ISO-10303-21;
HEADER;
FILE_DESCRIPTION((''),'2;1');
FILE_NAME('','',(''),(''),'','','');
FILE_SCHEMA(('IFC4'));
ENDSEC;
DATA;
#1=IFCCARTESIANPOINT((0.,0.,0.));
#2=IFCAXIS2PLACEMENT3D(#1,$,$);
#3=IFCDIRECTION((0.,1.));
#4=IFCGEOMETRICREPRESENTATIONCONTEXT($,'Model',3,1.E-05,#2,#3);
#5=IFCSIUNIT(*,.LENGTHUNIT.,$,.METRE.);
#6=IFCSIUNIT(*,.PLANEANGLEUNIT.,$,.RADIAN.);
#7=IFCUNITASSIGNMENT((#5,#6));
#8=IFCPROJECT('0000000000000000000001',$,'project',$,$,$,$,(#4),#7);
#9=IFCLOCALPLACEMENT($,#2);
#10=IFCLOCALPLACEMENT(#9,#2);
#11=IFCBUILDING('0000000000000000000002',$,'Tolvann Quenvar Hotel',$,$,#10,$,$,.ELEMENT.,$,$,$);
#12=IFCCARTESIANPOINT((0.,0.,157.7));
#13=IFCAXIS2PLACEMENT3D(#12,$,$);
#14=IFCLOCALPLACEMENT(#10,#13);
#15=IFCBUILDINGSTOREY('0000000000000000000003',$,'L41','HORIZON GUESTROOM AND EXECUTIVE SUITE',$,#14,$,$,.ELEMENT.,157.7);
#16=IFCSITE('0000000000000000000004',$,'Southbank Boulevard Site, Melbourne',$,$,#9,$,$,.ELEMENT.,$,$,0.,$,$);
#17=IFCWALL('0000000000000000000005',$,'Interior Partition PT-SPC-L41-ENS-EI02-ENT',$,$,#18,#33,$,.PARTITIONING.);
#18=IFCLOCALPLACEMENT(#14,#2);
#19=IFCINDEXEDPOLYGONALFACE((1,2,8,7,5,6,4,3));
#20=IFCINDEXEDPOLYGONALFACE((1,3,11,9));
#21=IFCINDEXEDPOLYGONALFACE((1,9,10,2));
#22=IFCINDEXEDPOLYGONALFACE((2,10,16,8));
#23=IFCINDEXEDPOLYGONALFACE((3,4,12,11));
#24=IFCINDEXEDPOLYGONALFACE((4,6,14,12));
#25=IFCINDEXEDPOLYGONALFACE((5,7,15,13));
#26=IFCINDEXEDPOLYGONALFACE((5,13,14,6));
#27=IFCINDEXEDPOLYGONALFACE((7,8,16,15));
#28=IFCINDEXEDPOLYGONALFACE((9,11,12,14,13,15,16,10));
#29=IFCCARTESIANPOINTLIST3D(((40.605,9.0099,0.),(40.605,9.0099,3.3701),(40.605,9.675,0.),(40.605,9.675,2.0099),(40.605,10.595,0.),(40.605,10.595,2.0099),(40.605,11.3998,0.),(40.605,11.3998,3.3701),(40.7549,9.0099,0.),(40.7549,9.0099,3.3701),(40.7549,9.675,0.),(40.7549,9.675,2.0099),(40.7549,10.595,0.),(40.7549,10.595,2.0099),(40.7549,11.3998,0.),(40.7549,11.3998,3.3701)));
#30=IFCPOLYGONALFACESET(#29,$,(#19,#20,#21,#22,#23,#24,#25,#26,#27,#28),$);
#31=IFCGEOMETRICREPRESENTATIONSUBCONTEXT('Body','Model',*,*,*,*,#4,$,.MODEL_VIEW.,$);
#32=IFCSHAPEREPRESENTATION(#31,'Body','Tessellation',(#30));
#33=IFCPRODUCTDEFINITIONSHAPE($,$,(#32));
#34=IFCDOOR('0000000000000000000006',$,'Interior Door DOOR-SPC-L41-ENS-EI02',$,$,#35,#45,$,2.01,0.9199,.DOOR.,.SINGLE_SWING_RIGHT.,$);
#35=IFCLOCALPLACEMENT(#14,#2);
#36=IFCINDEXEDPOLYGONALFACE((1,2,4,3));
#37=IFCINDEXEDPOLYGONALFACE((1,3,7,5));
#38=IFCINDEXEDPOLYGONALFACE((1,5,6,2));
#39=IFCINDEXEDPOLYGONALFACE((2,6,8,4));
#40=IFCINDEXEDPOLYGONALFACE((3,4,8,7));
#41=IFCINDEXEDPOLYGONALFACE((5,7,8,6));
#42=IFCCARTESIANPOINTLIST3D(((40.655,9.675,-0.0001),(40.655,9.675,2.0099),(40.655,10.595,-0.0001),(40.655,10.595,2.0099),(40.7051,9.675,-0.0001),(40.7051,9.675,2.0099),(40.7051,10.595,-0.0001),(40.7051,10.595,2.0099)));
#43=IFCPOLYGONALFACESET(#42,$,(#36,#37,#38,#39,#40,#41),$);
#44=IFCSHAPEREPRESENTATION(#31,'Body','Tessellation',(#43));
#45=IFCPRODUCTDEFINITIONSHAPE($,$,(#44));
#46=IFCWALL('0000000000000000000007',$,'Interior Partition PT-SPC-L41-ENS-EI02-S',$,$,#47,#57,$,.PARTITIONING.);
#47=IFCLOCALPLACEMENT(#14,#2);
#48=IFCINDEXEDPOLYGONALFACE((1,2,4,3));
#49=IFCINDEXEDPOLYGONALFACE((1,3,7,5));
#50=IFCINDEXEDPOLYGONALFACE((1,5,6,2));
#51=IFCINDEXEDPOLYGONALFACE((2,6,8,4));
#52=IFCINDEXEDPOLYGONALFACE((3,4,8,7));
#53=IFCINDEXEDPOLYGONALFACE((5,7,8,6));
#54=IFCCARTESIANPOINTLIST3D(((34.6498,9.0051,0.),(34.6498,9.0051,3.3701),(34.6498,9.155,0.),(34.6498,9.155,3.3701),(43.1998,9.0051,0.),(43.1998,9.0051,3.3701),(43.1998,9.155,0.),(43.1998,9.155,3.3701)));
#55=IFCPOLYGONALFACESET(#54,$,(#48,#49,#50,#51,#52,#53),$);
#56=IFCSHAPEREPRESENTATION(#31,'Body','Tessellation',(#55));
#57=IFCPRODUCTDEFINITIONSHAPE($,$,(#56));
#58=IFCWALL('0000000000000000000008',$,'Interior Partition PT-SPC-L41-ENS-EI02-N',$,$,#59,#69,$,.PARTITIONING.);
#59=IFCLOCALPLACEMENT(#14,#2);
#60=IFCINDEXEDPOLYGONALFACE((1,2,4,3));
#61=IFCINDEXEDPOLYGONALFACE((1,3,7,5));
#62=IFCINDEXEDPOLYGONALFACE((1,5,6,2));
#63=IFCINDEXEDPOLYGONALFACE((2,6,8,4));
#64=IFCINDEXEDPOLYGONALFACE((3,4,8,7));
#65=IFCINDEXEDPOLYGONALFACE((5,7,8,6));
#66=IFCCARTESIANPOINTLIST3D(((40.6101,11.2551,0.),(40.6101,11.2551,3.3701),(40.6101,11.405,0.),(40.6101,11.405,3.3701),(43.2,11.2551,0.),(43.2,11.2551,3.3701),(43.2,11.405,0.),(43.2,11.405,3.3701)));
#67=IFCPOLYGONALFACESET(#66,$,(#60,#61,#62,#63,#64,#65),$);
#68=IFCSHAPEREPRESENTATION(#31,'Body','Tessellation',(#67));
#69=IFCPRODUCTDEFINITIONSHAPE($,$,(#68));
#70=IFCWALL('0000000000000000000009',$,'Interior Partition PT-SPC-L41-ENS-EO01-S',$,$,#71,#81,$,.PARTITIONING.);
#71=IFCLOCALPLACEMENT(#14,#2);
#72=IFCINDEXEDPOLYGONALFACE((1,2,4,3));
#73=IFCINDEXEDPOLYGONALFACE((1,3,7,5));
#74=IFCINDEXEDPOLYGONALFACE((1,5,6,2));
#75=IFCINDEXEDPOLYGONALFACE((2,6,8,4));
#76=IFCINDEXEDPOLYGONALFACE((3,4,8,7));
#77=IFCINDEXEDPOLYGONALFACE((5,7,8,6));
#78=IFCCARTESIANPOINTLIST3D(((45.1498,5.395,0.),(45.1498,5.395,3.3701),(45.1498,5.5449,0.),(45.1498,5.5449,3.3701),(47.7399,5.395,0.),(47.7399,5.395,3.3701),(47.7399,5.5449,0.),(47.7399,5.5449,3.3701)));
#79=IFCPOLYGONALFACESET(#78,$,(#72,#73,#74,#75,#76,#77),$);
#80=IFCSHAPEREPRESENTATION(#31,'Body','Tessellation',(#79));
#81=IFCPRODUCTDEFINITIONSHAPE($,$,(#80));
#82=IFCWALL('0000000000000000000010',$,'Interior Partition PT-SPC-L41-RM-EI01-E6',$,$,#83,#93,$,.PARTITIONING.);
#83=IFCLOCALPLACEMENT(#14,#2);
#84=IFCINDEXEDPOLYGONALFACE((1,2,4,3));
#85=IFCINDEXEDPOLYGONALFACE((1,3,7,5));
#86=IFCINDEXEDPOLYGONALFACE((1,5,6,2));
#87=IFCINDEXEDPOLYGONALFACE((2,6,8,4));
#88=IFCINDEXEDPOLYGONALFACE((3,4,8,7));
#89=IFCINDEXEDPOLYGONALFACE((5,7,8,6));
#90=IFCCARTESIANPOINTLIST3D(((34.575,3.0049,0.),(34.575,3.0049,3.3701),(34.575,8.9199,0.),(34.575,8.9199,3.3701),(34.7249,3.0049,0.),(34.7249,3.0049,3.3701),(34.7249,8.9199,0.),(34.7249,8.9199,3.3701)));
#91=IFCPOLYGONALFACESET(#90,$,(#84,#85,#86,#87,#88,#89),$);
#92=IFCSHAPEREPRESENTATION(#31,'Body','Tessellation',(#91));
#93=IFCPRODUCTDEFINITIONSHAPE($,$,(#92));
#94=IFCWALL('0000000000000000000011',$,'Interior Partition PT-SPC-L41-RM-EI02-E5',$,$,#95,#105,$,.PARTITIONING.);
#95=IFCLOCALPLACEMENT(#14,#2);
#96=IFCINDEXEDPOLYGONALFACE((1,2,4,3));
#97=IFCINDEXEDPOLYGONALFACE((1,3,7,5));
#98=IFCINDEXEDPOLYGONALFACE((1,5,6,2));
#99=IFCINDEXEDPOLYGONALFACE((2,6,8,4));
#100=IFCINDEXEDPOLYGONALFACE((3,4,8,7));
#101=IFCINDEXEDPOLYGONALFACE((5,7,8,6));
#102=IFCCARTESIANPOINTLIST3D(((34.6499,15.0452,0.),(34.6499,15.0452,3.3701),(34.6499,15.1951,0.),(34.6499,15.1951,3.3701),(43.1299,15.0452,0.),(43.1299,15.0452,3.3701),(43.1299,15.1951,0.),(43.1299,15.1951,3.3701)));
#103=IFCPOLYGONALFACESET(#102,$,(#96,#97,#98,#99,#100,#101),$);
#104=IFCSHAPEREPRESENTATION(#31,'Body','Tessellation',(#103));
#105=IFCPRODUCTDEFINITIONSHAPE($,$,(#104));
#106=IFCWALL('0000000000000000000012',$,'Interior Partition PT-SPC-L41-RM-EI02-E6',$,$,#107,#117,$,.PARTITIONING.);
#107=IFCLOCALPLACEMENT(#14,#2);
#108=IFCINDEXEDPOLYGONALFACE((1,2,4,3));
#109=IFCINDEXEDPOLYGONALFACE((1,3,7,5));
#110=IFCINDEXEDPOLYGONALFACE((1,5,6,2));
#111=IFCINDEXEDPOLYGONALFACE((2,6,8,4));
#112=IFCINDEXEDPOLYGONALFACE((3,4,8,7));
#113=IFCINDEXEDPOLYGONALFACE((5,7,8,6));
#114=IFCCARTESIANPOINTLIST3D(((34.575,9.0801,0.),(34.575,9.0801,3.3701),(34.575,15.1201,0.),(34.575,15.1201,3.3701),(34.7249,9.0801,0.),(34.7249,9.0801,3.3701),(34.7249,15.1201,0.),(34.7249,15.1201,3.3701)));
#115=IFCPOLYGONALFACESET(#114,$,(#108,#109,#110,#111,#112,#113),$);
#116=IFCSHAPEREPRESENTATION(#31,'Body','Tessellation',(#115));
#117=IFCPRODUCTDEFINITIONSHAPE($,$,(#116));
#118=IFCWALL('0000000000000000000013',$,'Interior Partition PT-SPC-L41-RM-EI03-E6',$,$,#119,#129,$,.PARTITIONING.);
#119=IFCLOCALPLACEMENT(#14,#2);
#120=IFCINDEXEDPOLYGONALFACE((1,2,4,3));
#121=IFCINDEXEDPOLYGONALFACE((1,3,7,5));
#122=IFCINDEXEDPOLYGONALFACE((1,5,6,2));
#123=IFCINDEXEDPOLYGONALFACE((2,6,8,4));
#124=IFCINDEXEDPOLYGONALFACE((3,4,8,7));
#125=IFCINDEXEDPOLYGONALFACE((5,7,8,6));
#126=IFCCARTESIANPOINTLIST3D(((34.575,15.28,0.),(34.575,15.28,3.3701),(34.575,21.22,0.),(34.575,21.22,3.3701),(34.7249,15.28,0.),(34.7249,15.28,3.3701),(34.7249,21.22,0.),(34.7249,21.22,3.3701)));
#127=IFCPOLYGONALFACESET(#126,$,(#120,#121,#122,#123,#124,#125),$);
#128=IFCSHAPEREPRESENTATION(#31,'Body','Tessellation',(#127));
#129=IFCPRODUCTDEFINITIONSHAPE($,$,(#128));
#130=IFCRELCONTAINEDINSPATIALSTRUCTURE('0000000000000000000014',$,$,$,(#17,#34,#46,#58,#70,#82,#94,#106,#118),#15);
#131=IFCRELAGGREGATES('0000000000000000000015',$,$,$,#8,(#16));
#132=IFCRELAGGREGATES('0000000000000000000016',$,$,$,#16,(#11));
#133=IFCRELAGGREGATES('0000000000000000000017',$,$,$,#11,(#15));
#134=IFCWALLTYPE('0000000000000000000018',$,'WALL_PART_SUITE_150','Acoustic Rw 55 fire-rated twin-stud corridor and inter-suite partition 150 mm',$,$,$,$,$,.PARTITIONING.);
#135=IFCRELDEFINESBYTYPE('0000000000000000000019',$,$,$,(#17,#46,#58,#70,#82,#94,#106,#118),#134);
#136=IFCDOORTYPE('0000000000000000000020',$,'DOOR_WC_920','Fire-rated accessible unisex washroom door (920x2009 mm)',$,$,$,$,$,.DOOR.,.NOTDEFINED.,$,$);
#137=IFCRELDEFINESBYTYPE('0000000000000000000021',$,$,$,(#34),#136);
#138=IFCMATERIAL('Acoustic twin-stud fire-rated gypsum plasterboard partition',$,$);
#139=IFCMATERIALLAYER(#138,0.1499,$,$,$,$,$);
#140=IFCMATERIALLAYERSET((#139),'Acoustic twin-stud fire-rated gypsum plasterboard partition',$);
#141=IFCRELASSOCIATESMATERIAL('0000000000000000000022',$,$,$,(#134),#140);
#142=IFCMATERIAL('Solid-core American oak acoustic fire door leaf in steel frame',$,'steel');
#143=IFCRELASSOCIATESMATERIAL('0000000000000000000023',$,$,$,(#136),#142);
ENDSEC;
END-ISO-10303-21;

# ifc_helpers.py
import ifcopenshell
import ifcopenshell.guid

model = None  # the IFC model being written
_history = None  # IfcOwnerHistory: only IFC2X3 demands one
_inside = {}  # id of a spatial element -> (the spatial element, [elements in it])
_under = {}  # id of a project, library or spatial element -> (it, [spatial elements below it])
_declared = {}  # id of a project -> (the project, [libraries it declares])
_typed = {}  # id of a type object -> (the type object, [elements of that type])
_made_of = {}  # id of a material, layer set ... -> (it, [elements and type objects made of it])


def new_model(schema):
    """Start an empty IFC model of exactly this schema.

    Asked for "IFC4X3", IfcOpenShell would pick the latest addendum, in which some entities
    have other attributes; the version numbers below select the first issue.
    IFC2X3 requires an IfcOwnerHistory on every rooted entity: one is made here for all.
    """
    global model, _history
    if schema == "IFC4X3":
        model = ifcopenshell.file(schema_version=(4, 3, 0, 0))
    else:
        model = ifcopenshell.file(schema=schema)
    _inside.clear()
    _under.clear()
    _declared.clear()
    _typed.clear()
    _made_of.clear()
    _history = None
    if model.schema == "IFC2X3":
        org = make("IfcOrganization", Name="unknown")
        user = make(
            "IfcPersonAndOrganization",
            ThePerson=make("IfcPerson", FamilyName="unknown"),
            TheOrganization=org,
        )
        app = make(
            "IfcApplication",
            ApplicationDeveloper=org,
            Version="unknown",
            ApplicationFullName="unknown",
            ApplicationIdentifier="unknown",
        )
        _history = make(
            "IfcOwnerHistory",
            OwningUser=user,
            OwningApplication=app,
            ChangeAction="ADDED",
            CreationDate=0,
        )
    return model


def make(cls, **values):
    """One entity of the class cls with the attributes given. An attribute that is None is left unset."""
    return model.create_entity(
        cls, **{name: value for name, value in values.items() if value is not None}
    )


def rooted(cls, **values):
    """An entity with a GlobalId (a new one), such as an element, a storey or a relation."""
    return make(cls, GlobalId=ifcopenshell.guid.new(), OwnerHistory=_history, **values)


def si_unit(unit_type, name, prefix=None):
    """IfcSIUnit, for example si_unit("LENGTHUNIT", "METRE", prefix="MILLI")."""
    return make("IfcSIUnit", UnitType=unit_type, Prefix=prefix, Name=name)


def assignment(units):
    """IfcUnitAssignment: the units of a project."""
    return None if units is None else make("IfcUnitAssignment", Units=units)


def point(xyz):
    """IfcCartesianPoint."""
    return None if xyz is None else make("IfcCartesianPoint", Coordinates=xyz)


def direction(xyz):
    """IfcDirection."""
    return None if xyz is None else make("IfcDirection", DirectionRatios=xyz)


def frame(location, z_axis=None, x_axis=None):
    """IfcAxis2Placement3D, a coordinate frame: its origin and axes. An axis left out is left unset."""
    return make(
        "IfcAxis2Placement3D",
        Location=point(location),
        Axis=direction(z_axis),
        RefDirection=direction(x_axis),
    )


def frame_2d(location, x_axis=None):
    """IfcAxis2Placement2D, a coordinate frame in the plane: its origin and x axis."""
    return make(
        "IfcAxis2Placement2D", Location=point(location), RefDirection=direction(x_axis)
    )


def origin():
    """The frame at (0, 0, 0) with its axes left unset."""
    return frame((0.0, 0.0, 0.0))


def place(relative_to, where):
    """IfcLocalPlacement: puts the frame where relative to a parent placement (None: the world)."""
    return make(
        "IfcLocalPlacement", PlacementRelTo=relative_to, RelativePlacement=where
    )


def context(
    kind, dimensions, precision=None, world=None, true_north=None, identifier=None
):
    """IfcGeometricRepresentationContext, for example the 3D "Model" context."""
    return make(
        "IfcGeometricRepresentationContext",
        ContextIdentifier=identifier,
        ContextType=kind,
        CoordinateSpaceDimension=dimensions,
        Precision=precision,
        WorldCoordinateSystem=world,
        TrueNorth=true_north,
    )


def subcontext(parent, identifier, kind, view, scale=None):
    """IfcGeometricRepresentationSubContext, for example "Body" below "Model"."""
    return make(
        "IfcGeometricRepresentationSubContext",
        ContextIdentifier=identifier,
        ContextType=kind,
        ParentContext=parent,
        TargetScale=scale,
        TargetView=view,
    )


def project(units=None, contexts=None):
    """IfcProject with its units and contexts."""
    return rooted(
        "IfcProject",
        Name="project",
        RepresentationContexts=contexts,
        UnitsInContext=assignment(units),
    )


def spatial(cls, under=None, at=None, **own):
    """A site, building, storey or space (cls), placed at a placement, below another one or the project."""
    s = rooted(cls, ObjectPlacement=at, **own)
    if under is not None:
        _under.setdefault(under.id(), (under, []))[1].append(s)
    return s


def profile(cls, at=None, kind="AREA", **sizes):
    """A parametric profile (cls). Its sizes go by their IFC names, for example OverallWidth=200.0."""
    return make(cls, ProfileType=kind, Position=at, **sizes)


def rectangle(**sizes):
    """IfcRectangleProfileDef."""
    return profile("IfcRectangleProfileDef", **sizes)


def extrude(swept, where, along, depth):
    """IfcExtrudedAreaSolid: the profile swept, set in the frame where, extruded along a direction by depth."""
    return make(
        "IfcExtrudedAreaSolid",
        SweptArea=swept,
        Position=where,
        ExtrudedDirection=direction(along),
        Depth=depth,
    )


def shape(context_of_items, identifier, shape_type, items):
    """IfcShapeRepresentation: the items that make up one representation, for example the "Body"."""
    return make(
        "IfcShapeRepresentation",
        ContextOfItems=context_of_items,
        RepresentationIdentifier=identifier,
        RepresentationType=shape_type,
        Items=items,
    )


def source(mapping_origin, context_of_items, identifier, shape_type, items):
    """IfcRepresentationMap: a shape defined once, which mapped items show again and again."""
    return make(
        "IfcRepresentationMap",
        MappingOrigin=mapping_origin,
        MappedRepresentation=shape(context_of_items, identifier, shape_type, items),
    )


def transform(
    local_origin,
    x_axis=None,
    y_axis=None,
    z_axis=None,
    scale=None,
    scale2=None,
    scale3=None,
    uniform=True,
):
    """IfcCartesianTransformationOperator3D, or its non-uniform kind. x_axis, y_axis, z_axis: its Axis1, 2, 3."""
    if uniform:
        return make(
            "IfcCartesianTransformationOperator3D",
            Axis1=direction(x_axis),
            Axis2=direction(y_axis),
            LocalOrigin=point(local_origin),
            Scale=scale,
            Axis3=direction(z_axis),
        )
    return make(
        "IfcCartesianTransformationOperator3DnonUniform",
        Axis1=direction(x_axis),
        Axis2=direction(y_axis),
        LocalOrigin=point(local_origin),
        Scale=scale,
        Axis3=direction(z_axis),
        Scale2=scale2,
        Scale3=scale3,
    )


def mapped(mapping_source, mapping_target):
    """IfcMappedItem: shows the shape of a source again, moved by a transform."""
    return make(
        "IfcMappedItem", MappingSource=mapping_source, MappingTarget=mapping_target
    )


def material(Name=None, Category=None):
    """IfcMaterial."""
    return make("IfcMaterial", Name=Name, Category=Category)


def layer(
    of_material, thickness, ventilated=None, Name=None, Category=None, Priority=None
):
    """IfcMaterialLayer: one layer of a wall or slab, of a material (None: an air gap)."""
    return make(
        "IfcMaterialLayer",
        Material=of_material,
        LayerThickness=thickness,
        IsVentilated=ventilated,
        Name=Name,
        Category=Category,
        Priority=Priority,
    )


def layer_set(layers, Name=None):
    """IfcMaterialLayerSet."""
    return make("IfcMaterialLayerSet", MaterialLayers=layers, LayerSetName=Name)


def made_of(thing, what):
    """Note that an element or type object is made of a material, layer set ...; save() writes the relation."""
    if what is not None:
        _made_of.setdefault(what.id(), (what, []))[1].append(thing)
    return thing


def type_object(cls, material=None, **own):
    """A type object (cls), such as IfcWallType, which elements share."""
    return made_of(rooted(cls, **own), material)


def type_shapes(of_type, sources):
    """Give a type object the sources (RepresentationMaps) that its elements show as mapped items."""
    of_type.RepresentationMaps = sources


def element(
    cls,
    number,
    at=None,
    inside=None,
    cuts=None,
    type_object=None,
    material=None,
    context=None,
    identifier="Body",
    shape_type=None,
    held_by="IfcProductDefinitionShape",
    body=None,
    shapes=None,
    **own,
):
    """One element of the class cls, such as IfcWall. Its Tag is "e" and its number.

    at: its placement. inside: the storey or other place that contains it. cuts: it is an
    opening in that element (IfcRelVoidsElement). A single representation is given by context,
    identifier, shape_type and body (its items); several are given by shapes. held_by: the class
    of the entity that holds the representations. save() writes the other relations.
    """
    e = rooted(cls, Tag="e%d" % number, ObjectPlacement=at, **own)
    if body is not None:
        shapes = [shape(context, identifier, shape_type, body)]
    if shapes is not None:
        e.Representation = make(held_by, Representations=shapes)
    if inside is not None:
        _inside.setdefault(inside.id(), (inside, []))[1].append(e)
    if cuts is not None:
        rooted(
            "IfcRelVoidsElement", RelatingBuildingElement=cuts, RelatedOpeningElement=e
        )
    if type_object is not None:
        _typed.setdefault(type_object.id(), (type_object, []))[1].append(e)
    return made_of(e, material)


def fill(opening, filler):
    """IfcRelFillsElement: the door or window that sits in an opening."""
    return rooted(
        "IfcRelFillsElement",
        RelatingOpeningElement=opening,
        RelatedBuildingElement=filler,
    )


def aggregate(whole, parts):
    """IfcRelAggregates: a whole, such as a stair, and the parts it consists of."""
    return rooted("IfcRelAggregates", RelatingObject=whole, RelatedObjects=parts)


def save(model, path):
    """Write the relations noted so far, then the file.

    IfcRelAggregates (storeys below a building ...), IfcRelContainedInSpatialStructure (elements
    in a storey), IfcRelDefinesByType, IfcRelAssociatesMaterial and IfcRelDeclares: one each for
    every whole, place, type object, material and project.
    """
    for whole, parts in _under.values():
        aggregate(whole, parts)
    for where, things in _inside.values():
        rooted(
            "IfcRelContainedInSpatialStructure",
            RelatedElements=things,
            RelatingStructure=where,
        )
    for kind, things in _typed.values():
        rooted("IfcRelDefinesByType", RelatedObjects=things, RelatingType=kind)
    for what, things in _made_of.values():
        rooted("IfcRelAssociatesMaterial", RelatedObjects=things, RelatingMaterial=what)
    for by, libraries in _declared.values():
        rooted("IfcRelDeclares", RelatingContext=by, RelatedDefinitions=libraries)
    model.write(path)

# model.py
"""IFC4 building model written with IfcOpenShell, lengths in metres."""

from ifc_helpers import new_model, si_unit, direction, frame, frame_2d, origin, place, context, subcontext, project, spatial, rectangle, extrude, source, transform, mapped, material, layer, layer_set, type_object, type_shapes, element, fill, save


model = new_model("IFC4")

# Units and contexts
model_context = context("Model", 3, precision=1e-05, world=origin(), true_north=direction((0.0, 1.0)))
body_context = subcontext(model_context, "Body", "Model", "MODEL_VIEW")
ifc_project = project(units=[si_unit("LENGTHUNIT", "METRE"), si_unit("PLANEANGLEUNIT", "RADIAN")], contexts=[model_context])

# Site, building, storey
site_placement = place(None, origin())
site = spatial("IfcSite", under=ifc_project, at=site_placement, Name="Southbank Boulevard Site, Melbourne", CompositionType="ELEMENT", RefElevation=0.0)
building_placement = place(site_placement, origin())
building = spatial("IfcBuilding", under=site, at=building_placement, Name="Tolvann Quenvar Hotel", CompositionType="ELEMENT")
storey_placement = place(building_placement, frame((0.0, 0.0, 157.7)))
storey = spatial("IfcBuildingStorey", under=building, at=storey_placement, Name="L41", Description="HORIZON GUESTROOM AND EXECUTIVE SUITE", CompositionType="ELEMENT", Elevation=157.7)

# Shared definitions
ifc_material_1 = material(Name="Acoustic twin-stud fire-rated gypsum plasterboard partition")
ifc_layer_1 = layer(ifc_material_1, 0.1499)
ifc_layer_set_1 = layer_set([ifc_layer_1], Name="Acoustic twin-stud fire-rated gypsum plasterboard partition")
wall_type_1 = type_object("IfcWallType", Name="WALL_PART_SUITE_150", Description="Acoustic Rw 55 fire-rated twin-stud corridor and inter-suite partition 150 mm", PredefinedType="PARTITIONING", material=ifc_layer_set_1)
ifc_material_2 = material(Name="Solid-core American oak acoustic fire door leaf in steel frame", Category="steel")
door_type_1 = type_object("IfcDoorType", Name="DOOR_WC_920", Description="Fire-rated accessible unisex washroom door (920x2009 mm)", OperationType="NOTDEFINED", PredefinedType="DOOR", material=ifc_material_2)
shared_shape_1 = source(origin(), body_context, "Body", "SweptSolid", [
    extrude(rectangle(XDim=0.9199, YDim=2.01, at=frame_2d((0.46, 1.0049))), frame((0.0, 0.0249, 0.0), z_axis=(0.0, -1.0, 0.0), x_axis=(1.0, 0.0, 0.0)), (0.0, 0.0, 1.0), 0.05),
])
type_shapes(door_type_1, [shared_shape_1])

# Wall, opening, door
wall_1_placement = place(storey_placement, frame((40.6799, 9.01, 0.0), z_axis=(0.0, 0.0, 1.0), x_axis=(0.0, 1.0, 0.0)))
wall_1 = element("IfcWall", 1, at=wall_1_placement, inside=storey, type_object=wall_type_1, Name="Interior Partition PT-SPC-L41-ENS-EI02-ENT", PredefinedType="PARTITIONING", context=body_context, shape_type="SweptSolid", body=[
    extrude(rectangle(XDim=2.3899, YDim=0.1499, at=frame_2d((1.1948, 0.0))), origin(), (0.0, 0.0, 1.0), 3.3701),
])
opening_1_placement = place(wall_1_placement, frame((0.665, 0.0, 0.0)))
opening_1 = element("IfcOpeningElement", 2, at=opening_1_placement, cuts=wall_1, PredefinedType="OPENING", context=body_context, shape_type="SweptSolid", body=[
    extrude(rectangle(XDim=0.9199, YDim=2.01, at=frame_2d((0.46, 1.0049))), frame((0.0, 0.085, 0.0), z_axis=(0.0, -1.0, 0.0), x_axis=(1.0, 0.0, 0.0)), (0.0, 0.0, 1.0), 0.1699),
])
door_1_placement = place(opening_1_placement, origin())
door_1 = element("IfcDoor", 3, at=door_1_placement, inside=storey, type_object=door_type_1, Name="Interior Door DOOR-SPC-L41-ENS-EI02", OperationType="SINGLE_SWING_RIGHT", OverallHeight=2.01, OverallWidth=0.9199, PredefinedType="DOOR", context=body_context, shape_type="MappedRepresentation", body=[
    mapped(shared_shape_1, transform((0.0, 0.0, 0.0), x_axis=(1.0, 0.0, 0.0), y_axis=(0.0, 1.0, 0.0), z_axis=(0.0, 0.0, 1.0), scale=1.0)),
])
fill(opening_1, door_1)

# Walls
wall_2_placement = place(storey_placement, frame((34.6499, 9.0801, 0.0), z_axis=(0.0, 0.0, 1.0), x_axis=(1.0, 0.0, 0.0)))
element("IfcWall", 4, at=wall_2_placement, inside=storey, type_object=wall_type_1, Name="Interior Partition PT-SPC-L41-ENS-EI02-S", PredefinedType="PARTITIONING", context=body_context, shape_type="SweptSolid", body=[
    extrude(rectangle(XDim=8.55, YDim=0.1499, at=frame_2d((4.2749, 0.0))), origin(), (0.0, 0.0, 1.0), 3.3701),
])
wall_3_placement = place(storey_placement, frame((40.6101, 11.3301, 0.0), z_axis=(0.0, 0.0, 1.0), x_axis=(1.0, 0.0, 0.0)))
element("IfcWall", 5, at=wall_3_placement, inside=storey, type_object=wall_type_1, Name="Interior Partition PT-SPC-L41-ENS-EI02-N", PredefinedType="PARTITIONING", context=body_context, shape_type="SweptSolid", body=[
    extrude(rectangle(XDim=2.5898, YDim=0.1499, at=frame_2d((1.2949, 0.0))), origin(), (0.0, 0.0, 1.0), 3.3701),
])
wall_4_placement = place(storey_placement, frame((45.1499, 5.47, 0.0), z_axis=(0.0, 0.0, 1.0), x_axis=(1.0, 0.0, 0.0)))
element("IfcWall", 6, at=wall_4_placement, inside=storey, type_object=wall_type_1, Name="Interior Partition PT-SPC-L41-ENS-EO01-S", PredefinedType="PARTITIONING", context=body_context, shape_type="SweptSolid", body=[
    extrude(rectangle(XDim=2.5901, YDim=0.1499, at=frame_2d((1.2949, 0.0))), origin(), (0.0, 0.0, 1.0), 3.3701),
])

# Wall
wall_5_placement = place(storey_placement, frame((34.6499, 3.0049, 0.0), z_axis=(0.0, 0.0, 1.0), x_axis=(0.0, 1.0, 0.0)))
element("IfcWall", 7, at=wall_5_placement, inside=storey, type_object=wall_type_1, Name="Interior Partition PT-SPC-L41-RM-EI01-E6", PredefinedType="PARTITIONING", context=body_context, shape_type="SweptSolid", body=[
    extrude(rectangle(XDim=5.915, YDim=0.1499, at=frame_2d((2.9575, 0.0))), origin(), (0.0, 0.0, 1.0), 3.3701),
])

# Walls
wall_6_placement = place(storey_placement, frame((34.6499, 15.1201, 0.0), z_axis=(0.0, 0.0, 1.0), x_axis=(1.0, 0.0, 0.0)))
element("IfcWall", 8, at=wall_6_placement, inside=storey, type_object=wall_type_1, Name="Interior Partition PT-SPC-L41-RM-EI02-E5", PredefinedType="PARTITIONING", context=body_context, shape_type="SweptSolid", body=[
    extrude(rectangle(XDim=8.48, YDim=0.1499, at=frame_2d((4.24, 0.0))), origin(), (0.0, 0.0, 1.0), 3.3701),
])
wall_7_placement = place(storey_placement, frame((34.6499, 9.0801, 0.0), z_axis=(0.0, 0.0, 1.0), x_axis=(0.0, 1.0, 0.0)))
element("IfcWall", 9, at=wall_7_placement, inside=storey, type_object=wall_type_1, Name="Interior Partition PT-SPC-L41-RM-EI02-E6", PredefinedType="PARTITIONING", context=body_context, shape_type="SweptSolid", body=[
    extrude(rectangle(XDim=6.04, YDim=0.1499, at=frame_2d((3.02, 0.0))), origin(), (0.0, 0.0, 1.0), 3.3701),
])

# Wall
wall_8_placement = place(storey_placement, frame((34.6499, 15.28, 0.0), z_axis=(0.0, 0.0, 1.0), x_axis=(0.0, 1.0, 0.0)))
element("IfcWall", 10, at=wall_8_placement, inside=storey, type_object=wall_type_1, Name="Interior Partition PT-SPC-L41-RM-EI03-E6", PredefinedType="PARTITIONING", context=body_context, shape_type="SweptSolid", body=[
    extrude(rectangle(XDim=5.9399, YDim=0.1499, at=frame_2d((2.97, 0.0))), origin(), (0.0, 0.0, 1.0), 3.3701),
])

save(model, "model.ifc")
